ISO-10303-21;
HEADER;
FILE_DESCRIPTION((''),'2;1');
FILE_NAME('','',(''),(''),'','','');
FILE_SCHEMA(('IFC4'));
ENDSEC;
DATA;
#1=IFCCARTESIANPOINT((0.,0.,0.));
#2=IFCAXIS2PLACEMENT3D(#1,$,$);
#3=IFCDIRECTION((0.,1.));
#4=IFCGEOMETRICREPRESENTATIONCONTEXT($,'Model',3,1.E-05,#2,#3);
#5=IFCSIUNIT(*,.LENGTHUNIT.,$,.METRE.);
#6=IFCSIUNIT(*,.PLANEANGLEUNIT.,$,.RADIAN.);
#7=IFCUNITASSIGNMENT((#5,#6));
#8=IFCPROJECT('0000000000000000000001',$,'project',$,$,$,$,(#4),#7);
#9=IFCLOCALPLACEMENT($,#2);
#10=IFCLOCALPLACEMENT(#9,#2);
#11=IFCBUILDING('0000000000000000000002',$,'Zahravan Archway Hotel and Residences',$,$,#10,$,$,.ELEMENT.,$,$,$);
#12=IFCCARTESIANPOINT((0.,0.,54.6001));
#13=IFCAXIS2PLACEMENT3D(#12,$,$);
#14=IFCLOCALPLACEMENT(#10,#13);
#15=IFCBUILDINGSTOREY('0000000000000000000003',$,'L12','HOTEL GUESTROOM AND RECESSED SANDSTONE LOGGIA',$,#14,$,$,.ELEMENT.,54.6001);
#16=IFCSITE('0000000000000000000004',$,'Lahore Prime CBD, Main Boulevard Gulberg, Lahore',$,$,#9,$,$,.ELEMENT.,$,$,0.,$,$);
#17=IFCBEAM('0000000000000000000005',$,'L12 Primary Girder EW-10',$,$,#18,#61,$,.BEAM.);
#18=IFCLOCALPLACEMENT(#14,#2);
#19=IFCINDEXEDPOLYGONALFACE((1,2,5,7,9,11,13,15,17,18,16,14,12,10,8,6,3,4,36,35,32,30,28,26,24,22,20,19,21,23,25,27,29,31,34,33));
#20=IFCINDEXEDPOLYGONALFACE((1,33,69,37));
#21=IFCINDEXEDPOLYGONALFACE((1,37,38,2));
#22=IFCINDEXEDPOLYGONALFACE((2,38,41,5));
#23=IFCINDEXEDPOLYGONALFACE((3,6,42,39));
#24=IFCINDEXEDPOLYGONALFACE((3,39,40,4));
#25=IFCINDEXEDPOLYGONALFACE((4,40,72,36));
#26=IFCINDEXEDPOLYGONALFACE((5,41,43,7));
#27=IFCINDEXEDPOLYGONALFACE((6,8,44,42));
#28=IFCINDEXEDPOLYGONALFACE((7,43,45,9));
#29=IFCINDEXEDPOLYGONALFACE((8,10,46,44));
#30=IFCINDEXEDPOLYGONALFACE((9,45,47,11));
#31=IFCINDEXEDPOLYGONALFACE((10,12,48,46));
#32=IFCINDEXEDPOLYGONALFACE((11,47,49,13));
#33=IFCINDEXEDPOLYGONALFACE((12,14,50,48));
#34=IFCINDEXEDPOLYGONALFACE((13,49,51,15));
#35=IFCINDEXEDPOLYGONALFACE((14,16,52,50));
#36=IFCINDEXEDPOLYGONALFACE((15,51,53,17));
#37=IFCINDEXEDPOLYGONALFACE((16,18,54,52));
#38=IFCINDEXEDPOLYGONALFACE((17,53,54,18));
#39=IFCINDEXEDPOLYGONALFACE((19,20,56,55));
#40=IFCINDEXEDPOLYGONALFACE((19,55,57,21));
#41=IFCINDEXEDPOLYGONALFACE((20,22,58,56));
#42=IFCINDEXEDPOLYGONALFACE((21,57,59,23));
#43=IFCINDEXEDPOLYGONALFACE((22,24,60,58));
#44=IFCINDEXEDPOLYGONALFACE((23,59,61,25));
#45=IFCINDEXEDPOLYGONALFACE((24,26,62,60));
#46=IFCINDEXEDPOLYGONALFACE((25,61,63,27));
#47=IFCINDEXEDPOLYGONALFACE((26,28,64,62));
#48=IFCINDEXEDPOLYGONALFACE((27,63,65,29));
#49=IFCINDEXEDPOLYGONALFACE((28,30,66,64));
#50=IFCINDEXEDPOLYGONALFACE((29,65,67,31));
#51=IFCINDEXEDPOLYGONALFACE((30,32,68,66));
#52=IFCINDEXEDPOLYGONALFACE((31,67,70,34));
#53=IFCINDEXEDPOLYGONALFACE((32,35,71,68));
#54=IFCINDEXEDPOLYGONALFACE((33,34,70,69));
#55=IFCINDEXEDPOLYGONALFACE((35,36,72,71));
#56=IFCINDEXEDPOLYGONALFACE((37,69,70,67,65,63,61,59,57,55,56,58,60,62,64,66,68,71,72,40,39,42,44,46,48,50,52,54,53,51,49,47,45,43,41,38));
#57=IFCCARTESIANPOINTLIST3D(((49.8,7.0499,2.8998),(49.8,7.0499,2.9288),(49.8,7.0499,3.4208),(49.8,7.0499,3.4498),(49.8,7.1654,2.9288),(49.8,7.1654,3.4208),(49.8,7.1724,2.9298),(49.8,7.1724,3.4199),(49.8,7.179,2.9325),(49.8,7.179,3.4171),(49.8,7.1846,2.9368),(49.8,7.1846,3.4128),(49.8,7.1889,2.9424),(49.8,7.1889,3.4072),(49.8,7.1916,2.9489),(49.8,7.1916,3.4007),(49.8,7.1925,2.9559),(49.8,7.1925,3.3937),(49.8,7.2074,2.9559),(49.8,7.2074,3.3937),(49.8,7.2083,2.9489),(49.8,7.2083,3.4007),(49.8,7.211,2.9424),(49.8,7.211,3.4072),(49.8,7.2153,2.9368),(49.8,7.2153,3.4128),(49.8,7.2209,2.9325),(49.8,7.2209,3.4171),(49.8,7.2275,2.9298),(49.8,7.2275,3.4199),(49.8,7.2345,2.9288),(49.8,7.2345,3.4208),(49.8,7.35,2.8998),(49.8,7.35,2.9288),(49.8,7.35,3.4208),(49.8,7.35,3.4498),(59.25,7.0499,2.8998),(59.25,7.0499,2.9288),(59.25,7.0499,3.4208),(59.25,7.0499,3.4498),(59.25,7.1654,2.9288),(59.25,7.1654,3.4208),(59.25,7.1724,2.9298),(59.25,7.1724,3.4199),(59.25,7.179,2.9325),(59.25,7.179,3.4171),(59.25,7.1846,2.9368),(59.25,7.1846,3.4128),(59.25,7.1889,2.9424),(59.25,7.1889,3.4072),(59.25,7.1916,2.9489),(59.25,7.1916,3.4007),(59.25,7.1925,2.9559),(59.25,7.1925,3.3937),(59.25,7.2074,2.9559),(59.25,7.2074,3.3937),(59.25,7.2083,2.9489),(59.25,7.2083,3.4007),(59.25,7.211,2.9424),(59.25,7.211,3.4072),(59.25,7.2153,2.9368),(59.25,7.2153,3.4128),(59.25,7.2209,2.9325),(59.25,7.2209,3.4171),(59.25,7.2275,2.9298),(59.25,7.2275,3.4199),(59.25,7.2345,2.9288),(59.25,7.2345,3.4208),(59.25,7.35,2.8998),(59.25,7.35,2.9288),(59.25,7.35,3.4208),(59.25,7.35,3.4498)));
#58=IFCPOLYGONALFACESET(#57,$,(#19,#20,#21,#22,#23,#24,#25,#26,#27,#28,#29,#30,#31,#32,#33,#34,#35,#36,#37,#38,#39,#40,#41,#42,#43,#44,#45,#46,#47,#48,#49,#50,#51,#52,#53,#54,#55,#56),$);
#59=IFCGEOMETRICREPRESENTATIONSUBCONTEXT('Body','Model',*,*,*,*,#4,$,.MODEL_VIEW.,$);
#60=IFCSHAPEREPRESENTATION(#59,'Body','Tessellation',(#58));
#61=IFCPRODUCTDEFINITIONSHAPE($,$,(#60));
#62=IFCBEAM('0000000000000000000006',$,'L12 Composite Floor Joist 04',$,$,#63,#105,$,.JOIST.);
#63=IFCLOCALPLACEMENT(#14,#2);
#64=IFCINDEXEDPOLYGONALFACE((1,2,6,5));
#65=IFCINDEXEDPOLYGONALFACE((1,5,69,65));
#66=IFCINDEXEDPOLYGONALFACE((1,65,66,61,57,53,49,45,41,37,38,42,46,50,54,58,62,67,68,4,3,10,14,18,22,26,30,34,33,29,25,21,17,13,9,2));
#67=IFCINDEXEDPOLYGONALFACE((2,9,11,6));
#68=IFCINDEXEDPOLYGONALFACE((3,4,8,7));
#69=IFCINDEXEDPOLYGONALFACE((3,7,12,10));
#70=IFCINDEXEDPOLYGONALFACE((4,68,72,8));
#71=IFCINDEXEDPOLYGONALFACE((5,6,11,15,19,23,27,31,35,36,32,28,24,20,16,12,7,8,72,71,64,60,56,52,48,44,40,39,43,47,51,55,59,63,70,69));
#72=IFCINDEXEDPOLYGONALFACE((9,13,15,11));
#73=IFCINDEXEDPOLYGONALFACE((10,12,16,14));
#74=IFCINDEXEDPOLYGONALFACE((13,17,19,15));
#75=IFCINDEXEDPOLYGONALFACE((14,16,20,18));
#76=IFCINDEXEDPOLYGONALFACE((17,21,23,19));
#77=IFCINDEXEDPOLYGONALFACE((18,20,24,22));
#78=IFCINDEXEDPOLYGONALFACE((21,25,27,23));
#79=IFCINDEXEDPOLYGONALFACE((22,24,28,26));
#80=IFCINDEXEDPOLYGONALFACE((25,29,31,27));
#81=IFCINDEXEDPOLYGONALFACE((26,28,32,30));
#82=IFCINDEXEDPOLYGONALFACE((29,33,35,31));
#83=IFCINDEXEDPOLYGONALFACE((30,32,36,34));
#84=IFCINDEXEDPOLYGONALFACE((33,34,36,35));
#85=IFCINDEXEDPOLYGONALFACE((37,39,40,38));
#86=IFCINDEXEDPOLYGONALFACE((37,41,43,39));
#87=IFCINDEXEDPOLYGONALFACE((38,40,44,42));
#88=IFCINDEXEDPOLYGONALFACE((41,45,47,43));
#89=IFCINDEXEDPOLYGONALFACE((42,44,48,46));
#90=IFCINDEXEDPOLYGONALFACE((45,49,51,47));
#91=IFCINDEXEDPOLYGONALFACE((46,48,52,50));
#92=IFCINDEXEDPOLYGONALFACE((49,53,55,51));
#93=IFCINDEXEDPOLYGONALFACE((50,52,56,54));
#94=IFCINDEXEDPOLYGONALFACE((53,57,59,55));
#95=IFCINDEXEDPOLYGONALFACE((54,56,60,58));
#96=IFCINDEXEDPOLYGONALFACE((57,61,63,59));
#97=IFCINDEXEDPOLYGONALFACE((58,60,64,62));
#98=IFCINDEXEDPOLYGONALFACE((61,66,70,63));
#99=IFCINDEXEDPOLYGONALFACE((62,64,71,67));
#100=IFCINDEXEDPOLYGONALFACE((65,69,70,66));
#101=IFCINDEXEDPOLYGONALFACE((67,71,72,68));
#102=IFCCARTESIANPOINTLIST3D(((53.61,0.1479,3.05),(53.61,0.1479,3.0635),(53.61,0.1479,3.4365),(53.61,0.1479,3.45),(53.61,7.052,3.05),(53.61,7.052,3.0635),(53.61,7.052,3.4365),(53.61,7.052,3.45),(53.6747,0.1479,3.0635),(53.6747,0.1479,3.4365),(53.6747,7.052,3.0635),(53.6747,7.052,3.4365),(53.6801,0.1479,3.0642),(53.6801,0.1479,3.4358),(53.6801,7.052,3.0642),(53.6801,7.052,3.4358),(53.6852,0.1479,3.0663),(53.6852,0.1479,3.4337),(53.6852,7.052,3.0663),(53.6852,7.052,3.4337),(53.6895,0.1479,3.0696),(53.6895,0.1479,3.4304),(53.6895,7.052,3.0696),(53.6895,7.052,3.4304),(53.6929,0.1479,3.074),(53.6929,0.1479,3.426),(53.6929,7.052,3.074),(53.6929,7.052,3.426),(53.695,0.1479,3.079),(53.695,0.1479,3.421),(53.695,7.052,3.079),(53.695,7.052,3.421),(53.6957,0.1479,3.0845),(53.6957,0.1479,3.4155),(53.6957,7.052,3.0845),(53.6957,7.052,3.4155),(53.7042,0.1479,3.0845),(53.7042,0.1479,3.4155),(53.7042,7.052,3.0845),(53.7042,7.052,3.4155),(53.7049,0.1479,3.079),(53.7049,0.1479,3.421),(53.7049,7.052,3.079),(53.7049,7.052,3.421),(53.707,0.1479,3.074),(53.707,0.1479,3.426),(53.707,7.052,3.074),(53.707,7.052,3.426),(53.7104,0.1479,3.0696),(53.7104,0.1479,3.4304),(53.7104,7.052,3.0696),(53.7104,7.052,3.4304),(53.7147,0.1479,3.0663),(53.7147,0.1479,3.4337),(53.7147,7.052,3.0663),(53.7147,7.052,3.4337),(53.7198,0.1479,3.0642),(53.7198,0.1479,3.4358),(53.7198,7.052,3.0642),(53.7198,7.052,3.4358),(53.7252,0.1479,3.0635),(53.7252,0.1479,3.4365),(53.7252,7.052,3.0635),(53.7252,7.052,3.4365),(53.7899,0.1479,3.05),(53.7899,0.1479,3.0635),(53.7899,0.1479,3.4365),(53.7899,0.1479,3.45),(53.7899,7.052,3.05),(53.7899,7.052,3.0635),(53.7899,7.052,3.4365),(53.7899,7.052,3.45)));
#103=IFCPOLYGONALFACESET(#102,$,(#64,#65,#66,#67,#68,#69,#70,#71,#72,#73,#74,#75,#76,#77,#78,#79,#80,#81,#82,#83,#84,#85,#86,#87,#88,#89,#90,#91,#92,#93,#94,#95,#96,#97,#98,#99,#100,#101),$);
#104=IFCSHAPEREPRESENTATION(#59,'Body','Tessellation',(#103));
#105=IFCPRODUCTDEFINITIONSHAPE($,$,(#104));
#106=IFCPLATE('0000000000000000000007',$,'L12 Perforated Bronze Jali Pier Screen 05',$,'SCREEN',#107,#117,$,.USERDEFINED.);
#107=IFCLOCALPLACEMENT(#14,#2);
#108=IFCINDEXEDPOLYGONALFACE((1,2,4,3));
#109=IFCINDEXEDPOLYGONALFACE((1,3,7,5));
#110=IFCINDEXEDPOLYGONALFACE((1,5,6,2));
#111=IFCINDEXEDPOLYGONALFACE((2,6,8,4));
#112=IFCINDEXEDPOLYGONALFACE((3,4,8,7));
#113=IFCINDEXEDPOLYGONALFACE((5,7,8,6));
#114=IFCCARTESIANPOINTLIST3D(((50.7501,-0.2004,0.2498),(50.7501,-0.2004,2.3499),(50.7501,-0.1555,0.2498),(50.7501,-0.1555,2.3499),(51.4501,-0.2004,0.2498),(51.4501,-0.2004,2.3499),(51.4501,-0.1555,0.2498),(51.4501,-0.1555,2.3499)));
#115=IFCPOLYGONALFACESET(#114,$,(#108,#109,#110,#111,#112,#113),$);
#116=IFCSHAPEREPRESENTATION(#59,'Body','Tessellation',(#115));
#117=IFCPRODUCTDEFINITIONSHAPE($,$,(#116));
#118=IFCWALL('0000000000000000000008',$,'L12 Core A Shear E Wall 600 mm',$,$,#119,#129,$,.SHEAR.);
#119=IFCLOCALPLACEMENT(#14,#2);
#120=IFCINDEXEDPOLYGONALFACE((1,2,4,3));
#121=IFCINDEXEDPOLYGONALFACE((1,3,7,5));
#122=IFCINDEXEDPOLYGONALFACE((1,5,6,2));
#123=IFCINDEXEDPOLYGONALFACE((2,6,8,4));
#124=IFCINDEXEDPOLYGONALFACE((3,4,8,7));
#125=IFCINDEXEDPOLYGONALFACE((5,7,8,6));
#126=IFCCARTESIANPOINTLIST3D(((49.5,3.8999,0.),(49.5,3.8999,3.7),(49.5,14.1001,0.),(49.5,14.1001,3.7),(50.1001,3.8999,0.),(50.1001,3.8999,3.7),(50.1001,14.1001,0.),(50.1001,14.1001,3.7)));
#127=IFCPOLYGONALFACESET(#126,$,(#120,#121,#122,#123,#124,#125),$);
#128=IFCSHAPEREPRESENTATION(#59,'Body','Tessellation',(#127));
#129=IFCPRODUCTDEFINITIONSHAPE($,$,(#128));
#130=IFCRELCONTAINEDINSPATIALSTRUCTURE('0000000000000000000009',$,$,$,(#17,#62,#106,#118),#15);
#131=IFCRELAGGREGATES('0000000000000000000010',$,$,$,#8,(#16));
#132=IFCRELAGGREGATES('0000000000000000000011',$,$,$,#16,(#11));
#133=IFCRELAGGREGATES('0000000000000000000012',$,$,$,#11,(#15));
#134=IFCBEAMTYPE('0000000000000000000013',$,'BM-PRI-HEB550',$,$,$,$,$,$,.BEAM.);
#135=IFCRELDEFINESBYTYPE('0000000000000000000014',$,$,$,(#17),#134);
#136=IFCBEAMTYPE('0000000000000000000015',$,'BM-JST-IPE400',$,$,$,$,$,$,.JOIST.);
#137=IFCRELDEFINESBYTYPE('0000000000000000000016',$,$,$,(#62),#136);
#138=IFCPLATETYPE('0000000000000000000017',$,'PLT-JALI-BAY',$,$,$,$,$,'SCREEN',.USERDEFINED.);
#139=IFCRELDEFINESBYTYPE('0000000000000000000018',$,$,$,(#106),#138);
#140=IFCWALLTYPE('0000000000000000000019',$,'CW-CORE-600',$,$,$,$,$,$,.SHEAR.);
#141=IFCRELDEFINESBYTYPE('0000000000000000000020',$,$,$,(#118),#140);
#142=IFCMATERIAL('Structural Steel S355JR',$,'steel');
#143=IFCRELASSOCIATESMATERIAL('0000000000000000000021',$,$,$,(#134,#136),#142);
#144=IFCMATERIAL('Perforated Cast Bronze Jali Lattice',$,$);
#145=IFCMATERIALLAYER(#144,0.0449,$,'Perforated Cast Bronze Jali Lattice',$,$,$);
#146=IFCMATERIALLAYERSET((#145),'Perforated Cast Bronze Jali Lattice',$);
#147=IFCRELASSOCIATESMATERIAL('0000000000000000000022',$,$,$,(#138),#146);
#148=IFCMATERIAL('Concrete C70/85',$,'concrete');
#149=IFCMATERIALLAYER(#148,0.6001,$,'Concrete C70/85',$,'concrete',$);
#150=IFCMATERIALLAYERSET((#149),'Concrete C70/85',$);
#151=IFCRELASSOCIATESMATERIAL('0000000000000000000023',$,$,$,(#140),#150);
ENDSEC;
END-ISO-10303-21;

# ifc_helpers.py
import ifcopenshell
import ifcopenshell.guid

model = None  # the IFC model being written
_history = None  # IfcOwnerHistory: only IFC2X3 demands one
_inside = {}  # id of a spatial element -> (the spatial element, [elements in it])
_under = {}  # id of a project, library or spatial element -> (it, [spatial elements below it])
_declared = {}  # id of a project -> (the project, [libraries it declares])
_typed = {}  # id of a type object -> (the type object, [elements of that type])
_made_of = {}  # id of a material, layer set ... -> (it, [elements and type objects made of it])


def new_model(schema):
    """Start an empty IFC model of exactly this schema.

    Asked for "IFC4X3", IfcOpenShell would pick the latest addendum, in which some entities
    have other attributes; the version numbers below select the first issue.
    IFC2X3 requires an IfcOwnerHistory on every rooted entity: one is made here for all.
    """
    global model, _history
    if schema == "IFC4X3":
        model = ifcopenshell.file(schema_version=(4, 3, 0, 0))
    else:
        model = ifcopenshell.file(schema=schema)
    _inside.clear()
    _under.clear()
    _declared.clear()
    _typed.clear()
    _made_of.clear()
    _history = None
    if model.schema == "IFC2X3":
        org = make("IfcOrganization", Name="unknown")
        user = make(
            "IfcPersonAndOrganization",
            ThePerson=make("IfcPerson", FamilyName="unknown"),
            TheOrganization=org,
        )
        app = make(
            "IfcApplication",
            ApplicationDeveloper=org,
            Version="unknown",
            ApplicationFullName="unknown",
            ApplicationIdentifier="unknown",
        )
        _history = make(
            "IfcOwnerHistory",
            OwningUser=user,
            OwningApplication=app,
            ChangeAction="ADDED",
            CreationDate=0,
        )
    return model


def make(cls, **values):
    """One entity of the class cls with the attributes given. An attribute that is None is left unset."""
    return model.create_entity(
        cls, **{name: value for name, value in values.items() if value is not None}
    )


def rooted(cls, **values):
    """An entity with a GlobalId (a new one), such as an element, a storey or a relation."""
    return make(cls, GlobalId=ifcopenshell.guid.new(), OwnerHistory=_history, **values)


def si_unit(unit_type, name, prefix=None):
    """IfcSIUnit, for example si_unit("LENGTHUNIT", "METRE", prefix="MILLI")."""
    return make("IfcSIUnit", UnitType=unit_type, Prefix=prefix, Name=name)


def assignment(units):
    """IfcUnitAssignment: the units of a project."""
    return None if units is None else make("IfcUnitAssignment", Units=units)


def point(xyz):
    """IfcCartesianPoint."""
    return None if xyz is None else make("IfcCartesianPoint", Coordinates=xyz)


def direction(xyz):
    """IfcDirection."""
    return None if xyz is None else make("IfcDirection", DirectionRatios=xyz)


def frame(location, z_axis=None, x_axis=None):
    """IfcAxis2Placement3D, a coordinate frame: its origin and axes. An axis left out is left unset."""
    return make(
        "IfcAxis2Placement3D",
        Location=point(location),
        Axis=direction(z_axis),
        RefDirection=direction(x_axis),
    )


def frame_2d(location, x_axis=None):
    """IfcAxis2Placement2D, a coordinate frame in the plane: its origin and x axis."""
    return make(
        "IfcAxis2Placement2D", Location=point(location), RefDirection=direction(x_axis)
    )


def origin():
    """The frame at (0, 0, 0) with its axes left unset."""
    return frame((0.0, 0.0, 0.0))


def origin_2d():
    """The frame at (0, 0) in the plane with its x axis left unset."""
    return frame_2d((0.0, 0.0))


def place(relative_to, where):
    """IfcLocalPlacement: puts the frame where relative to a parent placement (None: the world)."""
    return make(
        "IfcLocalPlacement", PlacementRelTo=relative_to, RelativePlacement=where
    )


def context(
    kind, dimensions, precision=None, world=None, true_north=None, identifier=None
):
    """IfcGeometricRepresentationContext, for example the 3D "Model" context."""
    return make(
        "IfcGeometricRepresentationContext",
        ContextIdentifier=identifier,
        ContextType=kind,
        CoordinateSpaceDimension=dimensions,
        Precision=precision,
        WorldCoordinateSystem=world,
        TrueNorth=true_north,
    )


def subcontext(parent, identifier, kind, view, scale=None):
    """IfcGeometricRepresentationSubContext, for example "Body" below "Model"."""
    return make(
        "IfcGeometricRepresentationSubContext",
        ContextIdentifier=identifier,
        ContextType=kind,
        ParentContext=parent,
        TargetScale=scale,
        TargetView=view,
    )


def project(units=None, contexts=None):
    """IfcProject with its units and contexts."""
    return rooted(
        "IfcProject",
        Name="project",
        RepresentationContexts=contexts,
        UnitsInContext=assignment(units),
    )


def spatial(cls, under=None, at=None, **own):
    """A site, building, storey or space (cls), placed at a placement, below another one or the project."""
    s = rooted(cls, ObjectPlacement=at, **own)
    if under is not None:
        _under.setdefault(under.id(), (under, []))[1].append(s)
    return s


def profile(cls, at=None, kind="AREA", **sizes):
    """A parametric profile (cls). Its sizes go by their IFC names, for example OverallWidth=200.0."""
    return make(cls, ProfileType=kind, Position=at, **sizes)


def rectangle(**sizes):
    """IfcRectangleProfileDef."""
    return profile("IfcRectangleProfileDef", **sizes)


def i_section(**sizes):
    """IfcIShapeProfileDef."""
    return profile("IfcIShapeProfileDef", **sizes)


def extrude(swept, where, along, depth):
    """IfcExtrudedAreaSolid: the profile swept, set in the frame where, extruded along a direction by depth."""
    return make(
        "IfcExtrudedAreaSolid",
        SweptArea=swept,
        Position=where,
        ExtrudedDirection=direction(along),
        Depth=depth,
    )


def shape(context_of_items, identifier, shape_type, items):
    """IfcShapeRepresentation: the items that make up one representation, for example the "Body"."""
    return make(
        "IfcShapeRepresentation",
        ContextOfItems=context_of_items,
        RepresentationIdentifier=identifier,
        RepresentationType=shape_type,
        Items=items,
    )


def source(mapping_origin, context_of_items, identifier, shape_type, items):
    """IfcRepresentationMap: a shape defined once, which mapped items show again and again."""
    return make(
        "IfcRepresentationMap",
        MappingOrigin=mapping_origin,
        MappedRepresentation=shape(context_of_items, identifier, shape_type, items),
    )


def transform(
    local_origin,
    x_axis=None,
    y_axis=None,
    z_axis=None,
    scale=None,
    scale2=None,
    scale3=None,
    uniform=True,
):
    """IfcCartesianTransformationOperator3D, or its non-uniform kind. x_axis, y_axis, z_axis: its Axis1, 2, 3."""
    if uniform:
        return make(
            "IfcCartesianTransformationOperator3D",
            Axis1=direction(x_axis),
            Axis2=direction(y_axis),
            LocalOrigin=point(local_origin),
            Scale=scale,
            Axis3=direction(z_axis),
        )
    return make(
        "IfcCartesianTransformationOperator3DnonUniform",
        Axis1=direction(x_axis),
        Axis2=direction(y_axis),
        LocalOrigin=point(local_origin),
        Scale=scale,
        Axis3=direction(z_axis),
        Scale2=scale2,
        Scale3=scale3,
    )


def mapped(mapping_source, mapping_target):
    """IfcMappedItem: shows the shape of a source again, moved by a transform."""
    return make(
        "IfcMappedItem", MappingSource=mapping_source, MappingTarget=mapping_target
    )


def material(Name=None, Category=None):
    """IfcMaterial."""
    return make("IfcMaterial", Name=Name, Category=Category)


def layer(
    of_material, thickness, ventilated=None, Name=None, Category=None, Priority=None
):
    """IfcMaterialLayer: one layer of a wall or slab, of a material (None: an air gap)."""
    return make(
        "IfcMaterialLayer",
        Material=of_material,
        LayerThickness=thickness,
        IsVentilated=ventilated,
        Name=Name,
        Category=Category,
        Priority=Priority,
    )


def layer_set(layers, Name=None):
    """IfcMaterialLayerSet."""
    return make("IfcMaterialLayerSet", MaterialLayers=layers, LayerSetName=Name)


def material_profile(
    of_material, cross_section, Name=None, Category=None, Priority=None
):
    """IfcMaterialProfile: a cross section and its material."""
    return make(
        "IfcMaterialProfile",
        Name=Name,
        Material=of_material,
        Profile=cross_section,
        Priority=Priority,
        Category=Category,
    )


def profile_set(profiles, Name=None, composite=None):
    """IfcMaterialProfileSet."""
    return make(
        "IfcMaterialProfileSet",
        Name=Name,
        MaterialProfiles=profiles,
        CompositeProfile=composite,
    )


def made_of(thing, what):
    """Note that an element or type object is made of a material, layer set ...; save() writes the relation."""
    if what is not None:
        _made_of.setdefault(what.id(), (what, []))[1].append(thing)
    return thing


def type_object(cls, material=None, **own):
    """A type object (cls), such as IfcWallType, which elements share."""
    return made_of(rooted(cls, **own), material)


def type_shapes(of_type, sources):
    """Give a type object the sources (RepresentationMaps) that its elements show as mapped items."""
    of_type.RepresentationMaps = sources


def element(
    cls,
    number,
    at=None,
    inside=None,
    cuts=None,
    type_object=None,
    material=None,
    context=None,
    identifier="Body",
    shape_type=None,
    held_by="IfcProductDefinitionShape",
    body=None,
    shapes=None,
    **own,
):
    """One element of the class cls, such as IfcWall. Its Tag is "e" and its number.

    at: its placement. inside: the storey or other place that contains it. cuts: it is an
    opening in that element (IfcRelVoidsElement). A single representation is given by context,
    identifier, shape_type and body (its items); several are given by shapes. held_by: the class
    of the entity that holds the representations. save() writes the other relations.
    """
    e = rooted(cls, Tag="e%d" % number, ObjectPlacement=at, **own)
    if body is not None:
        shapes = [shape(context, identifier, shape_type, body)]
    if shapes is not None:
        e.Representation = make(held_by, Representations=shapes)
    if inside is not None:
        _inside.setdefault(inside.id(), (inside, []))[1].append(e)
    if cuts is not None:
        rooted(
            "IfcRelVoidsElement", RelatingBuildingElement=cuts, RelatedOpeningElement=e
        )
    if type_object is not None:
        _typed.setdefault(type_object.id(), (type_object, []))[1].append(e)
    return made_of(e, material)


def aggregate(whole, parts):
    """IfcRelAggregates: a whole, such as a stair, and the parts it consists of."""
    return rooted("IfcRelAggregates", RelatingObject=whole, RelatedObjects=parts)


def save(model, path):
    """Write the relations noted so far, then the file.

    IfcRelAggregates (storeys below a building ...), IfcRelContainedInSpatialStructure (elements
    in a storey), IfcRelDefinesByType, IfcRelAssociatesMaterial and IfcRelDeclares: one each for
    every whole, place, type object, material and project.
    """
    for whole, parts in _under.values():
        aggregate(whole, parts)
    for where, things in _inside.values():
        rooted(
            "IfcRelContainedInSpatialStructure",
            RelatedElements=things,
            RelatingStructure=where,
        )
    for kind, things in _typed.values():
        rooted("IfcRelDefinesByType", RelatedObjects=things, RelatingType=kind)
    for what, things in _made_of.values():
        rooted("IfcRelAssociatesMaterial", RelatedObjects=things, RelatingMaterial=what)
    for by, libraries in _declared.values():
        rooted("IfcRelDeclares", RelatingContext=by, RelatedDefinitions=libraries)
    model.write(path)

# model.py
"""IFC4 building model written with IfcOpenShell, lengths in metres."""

from ifc_helpers import new_model, si_unit, direction, frame, frame_2d, origin, origin_2d, place, context, subcontext, project, spatial, rectangle, i_section, extrude, source, transform, mapped, material, layer, layer_set, material_profile, profile_set, type_object, type_shapes, element, save


model = new_model("IFC4")

# Units and contexts
model_context = context("Model", 3, precision=1e-05, world=origin(), true_north=direction((0.0, 1.0)))
body_context = subcontext(model_context, "Body", "Model", "MODEL_VIEW")
ifc_project = project(units=[si_unit("LENGTHUNIT", "METRE"), si_unit("PLANEANGLEUNIT", "RADIAN")], contexts=[model_context])

# Site, building, storey
site_placement = place(None, origin())
site = spatial("IfcSite", under=ifc_project, at=site_placement, Name="Lahore Prime CBD, Main Boulevard Gulberg, Lahore", CompositionType="ELEMENT", RefElevation=0.0)
building_placement = place(site_placement, origin())
building = spatial("IfcBuilding", under=site, at=building_placement, Name="Zahravan Archway Hotel and Residences", CompositionType="ELEMENT")
storey_placement = place(building_placement, frame((0.0, 0.0, 54.6001)))
storey = spatial("IfcBuildingStorey", under=building, at=storey_placement, Name="L12", Description="HOTEL GUESTROOM AND RECESSED SANDSTONE LOGGIA", CompositionType="ELEMENT", Elevation=54.6001)

# Shared definitions
ifc_material_1 = material(Name="Concrete C70/85", Category="concrete")

# Beams
ifc_material_2 = material(Name="Structural Steel S355JR", Category="steel")
ifc_material_profile_1 = material_profile(ifc_material_2, i_section(OverallWidth=0.3, OverallDepth=0.55, WebThickness=0.0149, FlangeThickness=0.0291, FilletRadius=0.0271, at=origin_2d()), Name="HEB 550", Category="steel")
ifc_profile_set_1 = profile_set([ifc_material_profile_1], Name="Structural Steel S355JR")
beam_type_1 = type_object("IfcBeamType", Name="BM-PRI-HEB550", PredefinedType="BEAM", material=ifc_profile_set_1)
shared_shape_1 = source(origin(), body_context, "Body", "SweptSolid", [
    extrude(i_section(OverallWidth=0.3, OverallDepth=0.55, WebThickness=0.0149, FlangeThickness=0.0291, FilletRadius=0.0271, at=origin_2d()), origin(), (0.0, 0.0, 1.0), 9.45),
])
beam_1_placement = place(storey_placement, frame((49.8, 7.2, 3.1748), z_axis=(1.0, 0.0, 0.0), x_axis=(0.0, 1.0, 0.0)))
element("IfcBeam", 1, at=beam_1_placement, inside=storey, type_object=beam_type_1, Name="L12 Primary Girder EW-10", PredefinedType="BEAM", context=body_context, shape_type="MappedRepresentation", body=[
    mapped(shared_shape_1, transform((0.0, 0.0, 0.0), scale=1.0)),
])
ifc_material_profile_2 = material_profile(ifc_material_2, i_section(OverallWidth=0.1799, OverallDepth=0.3999, WebThickness=0.0085, FlangeThickness=0.0134, FilletRadius=0.021, at=origin_2d()), Name="IPE 400", Category="steel")
ifc_profile_set_2 = profile_set([ifc_material_profile_2], Name="Structural Steel S355JR")
beam_type_2 = type_object("IfcBeamType", Name="BM-JST-IPE400", PredefinedType="JOIST", material=ifc_profile_set_2)
shared_shape_2 = source(origin(), body_context, "Body", "SweptSolid", [
    extrude(i_section(OverallWidth=0.1799, OverallDepth=0.3999, WebThickness=0.0085, FlangeThickness=0.0134, FilletRadius=0.021, at=origin_2d()), origin(), (0.0, 0.0, 1.0), 6.9041),
])
type_shapes(beam_type_2, [shared_shape_2])
beam_2_placement = place(storey_placement, frame((53.7, 0.1479, 3.25), z_axis=(0.0, 1.0, 0.0), x_axis=(-1.0, 0.0, 0.0)))
element("IfcBeam", 2, at=beam_2_placement, inside=storey, type_object=beam_type_2, Name="L12 Composite Floor Joist 04", PredefinedType="JOIST", context=body_context, shape_type="MappedRepresentation", body=[
    mapped(shared_shape_2, transform((0.0, 0.0, 0.0), scale=1.0)),
])

# Plate
ifc_material_3 = material(Name="Perforated Cast Bronze Jali Lattice")
ifc_layer_1 = layer(ifc_material_3, 0.0449, Name="Perforated Cast Bronze Jali Lattice")
ifc_layer_set_1 = layer_set([ifc_layer_1], Name="Perforated Cast Bronze Jali Lattice")
plate_type = type_object("IfcPlateType", Name="PLT-JALI-BAY", ElementType="SCREEN", PredefinedType="USERDEFINED", material=ifc_layer_set_1)
shared_shape_3 = source(origin(), body_context, "Body", "SweptSolid", [
    extrude(rectangle(XDim=0.7, YDim=0.0449, at=origin_2d()), origin(), (0.0, 0.0, 1.0), 2.1001),
])
type_shapes(plate_type, [shared_shape_3])
plate_placement = place(storey_placement, frame((51.1001, -0.178, 0.2498), z_axis=(0.0, 0.0, 1.0), x_axis=(1.0, 0.0, 0.0)))
element("IfcPlate", 3, at=plate_placement, inside=storey, type_object=plate_type, Name="L12 Perforated Bronze Jali Pier Screen 05", ObjectType="SCREEN", PredefinedType="USERDEFINED", context=body_context, shape_type="MappedRepresentation", body=[
    mapped(shared_shape_3, transform((0.0, 0.0, 0.0), scale=1.0)),
])

# Wall
ifc_layer_2 = layer(ifc_material_1, 0.6001, Name="Concrete C70/85", Category="concrete")
ifc_layer_set_2 = layer_set([ifc_layer_2], Name="Concrete C70/85")
wall_type_1 = type_object("IfcWallType", Name="CW-CORE-600", PredefinedType="SHEAR", material=ifc_layer_set_2)
wall_1_placement = place(storey_placement, frame((49.8, 3.8999, 0.0), z_axis=(0.0, 0.0, 1.0), x_axis=(0.0, 1.0, 0.0)))
element("IfcWall", 4, at=wall_1_placement, inside=storey, type_object=wall_type_1, Name="L12 Core A Shear E Wall 600 mm", PredefinedType="SHEAR", context=body_context, shape_type="SweptSolid", body=[
    extrude(rectangle(XDim=10.2002, YDim=0.6001, at=frame_2d((5.1001, 0.0))), origin(), (0.0, 0.0, 1.0), 3.7),
])

save(model, "model.ifc")
